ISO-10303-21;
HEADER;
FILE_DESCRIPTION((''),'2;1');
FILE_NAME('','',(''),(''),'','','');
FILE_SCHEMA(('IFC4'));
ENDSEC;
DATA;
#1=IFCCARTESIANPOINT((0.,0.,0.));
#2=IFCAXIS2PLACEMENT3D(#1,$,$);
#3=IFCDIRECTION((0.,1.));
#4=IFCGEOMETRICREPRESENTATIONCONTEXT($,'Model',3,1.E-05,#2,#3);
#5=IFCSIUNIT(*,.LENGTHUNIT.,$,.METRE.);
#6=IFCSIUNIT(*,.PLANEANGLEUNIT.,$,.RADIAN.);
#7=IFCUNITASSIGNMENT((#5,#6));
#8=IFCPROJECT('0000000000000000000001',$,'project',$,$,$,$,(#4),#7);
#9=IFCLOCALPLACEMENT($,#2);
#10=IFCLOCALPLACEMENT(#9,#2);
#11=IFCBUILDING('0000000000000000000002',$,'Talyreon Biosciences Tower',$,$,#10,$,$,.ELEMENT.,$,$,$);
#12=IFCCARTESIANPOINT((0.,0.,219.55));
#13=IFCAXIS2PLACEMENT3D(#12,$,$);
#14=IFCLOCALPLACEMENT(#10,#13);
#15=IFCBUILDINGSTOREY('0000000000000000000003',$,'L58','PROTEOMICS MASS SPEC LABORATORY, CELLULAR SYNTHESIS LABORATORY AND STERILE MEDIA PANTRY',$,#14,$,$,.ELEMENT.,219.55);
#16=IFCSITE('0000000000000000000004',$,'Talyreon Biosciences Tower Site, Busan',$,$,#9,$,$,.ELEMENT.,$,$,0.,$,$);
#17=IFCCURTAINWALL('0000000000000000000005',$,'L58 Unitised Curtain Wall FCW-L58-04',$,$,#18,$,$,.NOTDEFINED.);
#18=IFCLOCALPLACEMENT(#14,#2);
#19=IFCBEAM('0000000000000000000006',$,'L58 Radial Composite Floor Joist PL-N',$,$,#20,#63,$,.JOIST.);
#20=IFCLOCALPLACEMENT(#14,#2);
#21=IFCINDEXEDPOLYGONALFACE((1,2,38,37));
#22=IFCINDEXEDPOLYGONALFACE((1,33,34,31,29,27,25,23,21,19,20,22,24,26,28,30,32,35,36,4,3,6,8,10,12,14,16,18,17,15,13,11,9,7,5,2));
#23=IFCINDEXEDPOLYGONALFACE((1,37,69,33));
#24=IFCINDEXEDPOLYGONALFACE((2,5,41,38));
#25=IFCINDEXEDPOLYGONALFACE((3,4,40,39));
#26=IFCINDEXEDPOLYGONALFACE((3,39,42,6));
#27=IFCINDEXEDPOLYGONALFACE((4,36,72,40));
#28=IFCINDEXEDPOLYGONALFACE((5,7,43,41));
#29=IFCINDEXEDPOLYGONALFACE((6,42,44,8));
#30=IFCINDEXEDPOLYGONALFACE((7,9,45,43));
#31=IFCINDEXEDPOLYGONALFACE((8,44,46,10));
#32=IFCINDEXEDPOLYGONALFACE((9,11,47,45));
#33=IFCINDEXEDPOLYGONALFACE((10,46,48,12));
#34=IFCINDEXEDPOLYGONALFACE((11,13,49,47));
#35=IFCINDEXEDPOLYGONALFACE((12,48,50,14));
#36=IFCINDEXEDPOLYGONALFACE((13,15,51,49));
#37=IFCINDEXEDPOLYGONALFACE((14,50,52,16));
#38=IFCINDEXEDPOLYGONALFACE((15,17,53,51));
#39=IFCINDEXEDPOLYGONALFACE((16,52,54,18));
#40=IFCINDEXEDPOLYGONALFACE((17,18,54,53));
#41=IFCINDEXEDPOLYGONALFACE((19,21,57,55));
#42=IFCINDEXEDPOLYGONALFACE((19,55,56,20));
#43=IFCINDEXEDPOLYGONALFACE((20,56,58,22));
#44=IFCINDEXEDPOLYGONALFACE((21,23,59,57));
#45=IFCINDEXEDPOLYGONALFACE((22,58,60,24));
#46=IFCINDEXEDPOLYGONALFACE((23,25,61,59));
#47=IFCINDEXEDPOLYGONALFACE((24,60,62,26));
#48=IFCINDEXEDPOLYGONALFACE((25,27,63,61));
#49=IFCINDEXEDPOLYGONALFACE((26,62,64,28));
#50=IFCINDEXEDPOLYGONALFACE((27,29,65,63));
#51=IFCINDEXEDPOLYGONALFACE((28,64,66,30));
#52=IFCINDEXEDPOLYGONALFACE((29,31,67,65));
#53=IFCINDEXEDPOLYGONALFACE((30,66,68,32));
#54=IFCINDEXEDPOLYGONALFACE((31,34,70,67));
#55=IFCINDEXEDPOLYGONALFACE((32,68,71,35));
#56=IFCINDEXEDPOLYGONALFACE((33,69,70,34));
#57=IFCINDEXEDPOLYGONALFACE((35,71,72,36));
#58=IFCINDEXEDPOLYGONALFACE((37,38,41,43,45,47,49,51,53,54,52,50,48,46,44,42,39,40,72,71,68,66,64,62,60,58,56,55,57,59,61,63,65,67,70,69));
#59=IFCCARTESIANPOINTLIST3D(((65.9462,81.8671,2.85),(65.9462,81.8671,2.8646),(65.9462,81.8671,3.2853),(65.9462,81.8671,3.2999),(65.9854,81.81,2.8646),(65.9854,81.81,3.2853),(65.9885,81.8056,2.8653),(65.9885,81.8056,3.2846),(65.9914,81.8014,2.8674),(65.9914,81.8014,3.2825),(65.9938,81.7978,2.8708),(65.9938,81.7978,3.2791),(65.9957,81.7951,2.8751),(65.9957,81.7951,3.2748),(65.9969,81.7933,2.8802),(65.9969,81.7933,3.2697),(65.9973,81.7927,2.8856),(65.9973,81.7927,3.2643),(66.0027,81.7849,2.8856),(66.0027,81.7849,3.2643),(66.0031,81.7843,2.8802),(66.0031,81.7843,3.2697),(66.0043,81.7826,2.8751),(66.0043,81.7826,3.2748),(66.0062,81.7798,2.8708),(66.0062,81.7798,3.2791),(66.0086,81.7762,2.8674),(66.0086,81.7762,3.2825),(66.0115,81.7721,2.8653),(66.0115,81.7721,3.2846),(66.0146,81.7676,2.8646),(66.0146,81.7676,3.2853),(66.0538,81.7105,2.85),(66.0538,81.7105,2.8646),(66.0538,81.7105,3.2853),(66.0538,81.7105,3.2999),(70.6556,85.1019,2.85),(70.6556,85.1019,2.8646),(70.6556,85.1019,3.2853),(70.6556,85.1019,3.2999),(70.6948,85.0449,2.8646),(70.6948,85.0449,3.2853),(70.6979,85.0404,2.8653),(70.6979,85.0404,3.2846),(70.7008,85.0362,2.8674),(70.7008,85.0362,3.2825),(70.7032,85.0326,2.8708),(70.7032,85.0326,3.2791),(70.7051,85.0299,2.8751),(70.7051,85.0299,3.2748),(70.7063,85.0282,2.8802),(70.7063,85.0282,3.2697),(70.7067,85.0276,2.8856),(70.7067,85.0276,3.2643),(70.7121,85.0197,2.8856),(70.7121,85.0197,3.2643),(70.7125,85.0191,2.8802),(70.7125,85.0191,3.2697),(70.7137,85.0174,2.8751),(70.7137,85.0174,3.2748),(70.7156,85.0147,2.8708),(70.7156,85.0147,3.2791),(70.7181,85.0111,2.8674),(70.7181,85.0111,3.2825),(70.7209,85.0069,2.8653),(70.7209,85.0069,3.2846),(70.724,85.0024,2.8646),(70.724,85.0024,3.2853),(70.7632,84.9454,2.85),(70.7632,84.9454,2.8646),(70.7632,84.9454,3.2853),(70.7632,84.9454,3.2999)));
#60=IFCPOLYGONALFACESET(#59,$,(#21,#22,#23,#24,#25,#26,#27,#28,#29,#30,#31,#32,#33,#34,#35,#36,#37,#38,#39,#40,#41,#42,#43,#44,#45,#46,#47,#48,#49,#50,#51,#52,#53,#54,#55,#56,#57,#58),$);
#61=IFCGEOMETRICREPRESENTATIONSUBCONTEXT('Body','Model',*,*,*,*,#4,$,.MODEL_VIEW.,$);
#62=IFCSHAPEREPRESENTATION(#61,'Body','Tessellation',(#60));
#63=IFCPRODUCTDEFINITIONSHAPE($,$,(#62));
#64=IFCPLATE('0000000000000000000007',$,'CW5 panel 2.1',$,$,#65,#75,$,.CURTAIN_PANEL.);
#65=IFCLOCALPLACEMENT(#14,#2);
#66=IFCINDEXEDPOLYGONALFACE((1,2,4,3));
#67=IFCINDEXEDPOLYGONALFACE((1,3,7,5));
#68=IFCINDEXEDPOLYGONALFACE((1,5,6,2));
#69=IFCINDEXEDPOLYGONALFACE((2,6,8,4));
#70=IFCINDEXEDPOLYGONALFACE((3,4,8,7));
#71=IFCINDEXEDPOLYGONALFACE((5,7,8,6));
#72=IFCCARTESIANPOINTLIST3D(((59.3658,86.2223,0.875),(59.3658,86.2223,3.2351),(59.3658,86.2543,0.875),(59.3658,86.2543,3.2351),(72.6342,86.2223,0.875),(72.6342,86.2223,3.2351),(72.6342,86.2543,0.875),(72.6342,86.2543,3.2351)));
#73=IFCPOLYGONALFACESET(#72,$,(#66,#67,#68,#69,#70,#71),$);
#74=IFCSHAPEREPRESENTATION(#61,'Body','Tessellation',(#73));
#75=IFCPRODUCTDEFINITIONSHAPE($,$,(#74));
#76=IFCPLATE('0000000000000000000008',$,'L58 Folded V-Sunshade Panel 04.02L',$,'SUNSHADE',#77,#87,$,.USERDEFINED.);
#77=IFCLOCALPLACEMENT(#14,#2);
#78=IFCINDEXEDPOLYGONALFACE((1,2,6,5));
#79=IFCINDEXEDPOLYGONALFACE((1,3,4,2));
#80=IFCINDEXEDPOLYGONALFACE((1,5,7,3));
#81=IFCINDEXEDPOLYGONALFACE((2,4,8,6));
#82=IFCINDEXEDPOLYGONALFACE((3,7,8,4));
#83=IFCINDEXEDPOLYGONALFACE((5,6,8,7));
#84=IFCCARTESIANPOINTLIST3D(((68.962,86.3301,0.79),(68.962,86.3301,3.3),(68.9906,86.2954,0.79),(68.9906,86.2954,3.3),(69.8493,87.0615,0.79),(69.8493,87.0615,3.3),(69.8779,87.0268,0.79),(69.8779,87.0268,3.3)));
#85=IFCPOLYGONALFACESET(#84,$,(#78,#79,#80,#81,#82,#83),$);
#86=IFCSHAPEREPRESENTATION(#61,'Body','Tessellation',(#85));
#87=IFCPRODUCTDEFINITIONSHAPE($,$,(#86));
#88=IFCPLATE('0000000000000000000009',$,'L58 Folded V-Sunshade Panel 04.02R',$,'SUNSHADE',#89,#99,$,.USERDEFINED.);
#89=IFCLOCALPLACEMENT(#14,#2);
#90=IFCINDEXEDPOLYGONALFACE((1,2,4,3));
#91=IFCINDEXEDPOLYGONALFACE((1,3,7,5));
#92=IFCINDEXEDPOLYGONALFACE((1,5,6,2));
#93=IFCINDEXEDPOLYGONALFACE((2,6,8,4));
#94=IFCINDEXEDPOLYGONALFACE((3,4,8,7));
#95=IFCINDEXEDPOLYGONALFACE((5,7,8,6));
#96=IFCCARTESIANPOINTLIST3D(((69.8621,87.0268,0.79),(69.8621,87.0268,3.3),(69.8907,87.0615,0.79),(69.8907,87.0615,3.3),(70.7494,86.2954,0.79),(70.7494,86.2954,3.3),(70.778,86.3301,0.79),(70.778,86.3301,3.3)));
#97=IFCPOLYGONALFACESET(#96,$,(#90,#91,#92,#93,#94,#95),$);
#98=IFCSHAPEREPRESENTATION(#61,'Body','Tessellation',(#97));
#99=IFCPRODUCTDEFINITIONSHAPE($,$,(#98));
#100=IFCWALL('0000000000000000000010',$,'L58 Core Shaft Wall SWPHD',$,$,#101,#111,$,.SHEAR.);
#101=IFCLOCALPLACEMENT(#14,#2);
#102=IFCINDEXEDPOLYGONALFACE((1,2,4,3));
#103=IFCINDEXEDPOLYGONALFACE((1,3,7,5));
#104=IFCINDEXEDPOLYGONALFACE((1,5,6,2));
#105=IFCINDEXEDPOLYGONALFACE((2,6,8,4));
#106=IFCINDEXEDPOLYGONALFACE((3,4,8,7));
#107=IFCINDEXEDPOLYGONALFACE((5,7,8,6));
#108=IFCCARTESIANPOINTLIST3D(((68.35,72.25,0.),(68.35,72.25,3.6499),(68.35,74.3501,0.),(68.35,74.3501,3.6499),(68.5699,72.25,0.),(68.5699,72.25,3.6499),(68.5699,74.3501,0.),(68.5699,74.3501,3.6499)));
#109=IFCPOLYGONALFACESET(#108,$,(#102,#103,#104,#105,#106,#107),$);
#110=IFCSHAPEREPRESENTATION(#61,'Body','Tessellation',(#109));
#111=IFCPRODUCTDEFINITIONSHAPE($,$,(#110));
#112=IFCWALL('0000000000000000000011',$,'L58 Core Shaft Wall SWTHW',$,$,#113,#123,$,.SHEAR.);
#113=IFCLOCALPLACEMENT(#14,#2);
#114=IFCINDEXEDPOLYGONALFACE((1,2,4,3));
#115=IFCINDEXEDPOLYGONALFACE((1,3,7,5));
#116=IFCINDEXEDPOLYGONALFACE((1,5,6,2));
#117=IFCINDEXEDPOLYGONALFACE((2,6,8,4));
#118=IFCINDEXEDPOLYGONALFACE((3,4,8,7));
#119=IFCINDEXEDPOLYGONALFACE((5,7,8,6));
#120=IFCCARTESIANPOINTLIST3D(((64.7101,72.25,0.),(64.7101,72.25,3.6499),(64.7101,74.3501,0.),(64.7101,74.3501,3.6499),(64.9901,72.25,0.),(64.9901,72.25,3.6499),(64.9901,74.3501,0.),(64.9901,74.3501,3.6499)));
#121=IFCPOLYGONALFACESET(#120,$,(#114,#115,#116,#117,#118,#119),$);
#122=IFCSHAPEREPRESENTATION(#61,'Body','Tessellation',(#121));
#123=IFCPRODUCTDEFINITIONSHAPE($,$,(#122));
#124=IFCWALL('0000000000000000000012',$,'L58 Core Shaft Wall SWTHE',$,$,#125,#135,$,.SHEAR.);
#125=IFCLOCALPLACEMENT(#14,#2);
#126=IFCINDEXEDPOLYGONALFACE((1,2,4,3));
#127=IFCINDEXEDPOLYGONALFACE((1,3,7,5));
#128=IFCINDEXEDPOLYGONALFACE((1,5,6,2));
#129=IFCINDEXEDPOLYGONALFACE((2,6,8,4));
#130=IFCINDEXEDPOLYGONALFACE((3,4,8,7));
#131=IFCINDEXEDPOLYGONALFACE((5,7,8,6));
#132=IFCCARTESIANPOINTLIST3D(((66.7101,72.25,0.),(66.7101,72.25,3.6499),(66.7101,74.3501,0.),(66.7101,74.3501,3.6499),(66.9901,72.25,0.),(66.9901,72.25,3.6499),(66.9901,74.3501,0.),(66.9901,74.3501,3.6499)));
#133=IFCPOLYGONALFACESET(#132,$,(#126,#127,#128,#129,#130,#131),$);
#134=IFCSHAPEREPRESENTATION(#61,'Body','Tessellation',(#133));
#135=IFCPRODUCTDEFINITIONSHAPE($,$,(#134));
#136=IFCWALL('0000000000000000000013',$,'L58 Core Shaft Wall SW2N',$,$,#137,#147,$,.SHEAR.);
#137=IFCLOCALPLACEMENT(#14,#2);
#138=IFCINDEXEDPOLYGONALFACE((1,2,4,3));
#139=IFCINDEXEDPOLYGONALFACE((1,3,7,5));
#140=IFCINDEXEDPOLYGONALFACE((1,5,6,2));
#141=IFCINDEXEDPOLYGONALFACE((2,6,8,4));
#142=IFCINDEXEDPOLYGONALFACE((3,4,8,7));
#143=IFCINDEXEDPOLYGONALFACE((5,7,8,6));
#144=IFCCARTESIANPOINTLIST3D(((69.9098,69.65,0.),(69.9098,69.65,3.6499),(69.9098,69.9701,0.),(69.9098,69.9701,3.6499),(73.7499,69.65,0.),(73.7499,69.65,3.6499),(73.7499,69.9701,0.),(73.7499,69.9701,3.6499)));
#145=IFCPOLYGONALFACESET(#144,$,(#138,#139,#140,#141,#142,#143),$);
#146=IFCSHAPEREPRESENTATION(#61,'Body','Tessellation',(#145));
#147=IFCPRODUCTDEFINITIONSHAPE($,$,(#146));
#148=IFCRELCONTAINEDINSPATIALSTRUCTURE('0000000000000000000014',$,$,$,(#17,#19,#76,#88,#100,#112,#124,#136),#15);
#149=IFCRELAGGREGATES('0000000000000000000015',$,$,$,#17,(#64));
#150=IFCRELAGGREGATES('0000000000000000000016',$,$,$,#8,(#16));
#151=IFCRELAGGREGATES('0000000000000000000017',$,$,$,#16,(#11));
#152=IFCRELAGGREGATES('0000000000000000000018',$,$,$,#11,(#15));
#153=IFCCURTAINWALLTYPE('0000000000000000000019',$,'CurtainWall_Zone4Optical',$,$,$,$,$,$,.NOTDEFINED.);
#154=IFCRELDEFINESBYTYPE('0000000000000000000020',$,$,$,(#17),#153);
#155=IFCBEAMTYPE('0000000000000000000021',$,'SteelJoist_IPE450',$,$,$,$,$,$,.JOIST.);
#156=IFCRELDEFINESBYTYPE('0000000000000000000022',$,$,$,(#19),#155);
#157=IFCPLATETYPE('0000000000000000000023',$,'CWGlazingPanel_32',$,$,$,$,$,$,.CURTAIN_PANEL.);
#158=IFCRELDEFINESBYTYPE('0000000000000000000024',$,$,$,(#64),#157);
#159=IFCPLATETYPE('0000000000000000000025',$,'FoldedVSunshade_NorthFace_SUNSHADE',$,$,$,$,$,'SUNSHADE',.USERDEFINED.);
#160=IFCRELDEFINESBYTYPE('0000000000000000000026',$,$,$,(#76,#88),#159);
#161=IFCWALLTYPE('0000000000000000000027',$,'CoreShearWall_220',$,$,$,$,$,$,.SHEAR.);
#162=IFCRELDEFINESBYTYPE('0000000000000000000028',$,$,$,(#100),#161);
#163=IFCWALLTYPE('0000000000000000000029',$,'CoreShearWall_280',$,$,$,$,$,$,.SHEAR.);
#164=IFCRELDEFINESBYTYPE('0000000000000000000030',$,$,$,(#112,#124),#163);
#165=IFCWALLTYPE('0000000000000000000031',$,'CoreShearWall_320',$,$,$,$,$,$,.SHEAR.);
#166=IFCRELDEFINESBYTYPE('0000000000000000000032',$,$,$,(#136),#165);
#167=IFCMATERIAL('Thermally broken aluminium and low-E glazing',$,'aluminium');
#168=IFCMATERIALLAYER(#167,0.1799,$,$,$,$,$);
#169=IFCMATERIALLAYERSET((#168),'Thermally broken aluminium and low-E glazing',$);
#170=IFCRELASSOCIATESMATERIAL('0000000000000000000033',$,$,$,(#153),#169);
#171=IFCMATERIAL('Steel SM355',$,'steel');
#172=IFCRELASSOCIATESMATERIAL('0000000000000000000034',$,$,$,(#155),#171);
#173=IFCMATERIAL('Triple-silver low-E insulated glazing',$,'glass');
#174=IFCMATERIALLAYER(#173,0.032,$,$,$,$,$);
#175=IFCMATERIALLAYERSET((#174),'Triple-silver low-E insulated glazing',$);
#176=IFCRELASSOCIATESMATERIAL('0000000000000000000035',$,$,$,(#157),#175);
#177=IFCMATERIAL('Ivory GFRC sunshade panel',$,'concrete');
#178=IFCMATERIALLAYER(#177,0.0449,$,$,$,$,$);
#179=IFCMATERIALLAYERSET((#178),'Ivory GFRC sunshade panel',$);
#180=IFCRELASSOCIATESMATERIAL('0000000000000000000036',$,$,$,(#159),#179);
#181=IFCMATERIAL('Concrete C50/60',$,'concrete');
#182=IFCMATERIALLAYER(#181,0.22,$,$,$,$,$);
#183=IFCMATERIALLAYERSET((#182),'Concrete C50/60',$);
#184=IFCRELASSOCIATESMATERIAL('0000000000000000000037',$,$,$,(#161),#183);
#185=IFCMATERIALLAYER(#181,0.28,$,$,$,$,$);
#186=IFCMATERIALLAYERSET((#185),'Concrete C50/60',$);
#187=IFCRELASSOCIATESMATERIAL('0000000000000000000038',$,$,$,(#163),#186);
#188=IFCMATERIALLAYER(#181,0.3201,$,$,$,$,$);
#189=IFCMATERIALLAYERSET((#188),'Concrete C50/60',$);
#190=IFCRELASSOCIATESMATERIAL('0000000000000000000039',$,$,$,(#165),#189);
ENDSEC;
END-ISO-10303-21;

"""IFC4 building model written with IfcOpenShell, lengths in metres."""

from ifc_helpers import new_model, si_unit, direction, frame, frame_2d, origin, origin_2d, place, context, subcontext, project, spatial, rectangle, i_section, extrude, material, layer, layer_set, material_profile, profile_set, type_object, element, aggregate, save


model = new_model("IFC4")

# Units and contexts
model_context = context("Model", 3, precision=1e-05, world=origin(), true_north=direction((0.0, 1.0)))
body_context = subcontext(model_context, "Body", "Model", "MODEL_VIEW")
ifc_project = project(units=[si_unit("LENGTHUNIT", "METRE"), si_unit("PLANEANGLEUNIT", "RADIAN")], contexts=[model_context])

# Site, building, storey
site_placement = place(None, origin())
site = spatial("IfcSite", under=ifc_project, at=site_placement, Name="Talyreon Biosciences Tower Site, Busan", CompositionType="ELEMENT", RefElevation=0.0)
building_placement = place(site_placement, origin())
building = spatial("IfcBuilding", under=site, at=building_placement, Name="Talyreon Biosciences Tower", CompositionType="ELEMENT")
storey_placement = place(building_placement, frame((0.0, 0.0, 219.55)))
storey = spatial("IfcBuildingStorey", under=building, at=storey_placement, Name="L58", Description="PROTEOMICS MASS SPEC LABORATORY, CELLULAR SYNTHESIS LABORATORY AND STERILE MEDIA PANTRY", CompositionType="ELEMENT", Elevation=219.55)

# Shared definitions
ifc_material_1 = material(Name="Concrete C50/60", Category="concrete")

# Curtain wall
ifc_material_2 = material(Name="Thermally broken aluminium and low-E glazing", Category="aluminium")
ifc_layer_1 = layer(ifc_material_2, 0.1799)
ifc_layer_set_1 = layer_set([ifc_layer_1], Name="Thermally broken aluminium and low-E glazing")
curtain_wall_type = type_object("IfcCurtainWallType", Name="CurtainWall_Zone4Optical", PredefinedType="NOTDEFINED", material=ifc_layer_set_1)
curtain_wall_placement = place(storey_placement, origin())
curtain_wall = element("IfcCurtainWall", 1, at=curtain_wall_placement, inside=storey, type_object=curtain_wall_type, Name="L58 Unitised Curtain Wall FCW-L58-04", PredefinedType="NOTDEFINED")

# Beam
ifc_material_3 = material(Name="Steel SM355", Category="steel")
ifc_material_profile_1 = material_profile(ifc_material_3, i_section(OverallWidth=0.1899, OverallDepth=0.45, WebThickness=0.0095, FlangeThickness=0.0146, FilletRadius=0.021, at=origin_2d()), Name="IPE450")
ifc_profile_set_1 = profile_set([ifc_material_profile_1], Name="Steel SM355")
beam_type_1 = type_object("IfcBeamType", Name="SteelJoist_IPE450", PredefinedType="JOIST", material=ifc_profile_set_1)
beam_1_placement = place(storey_placement, frame((66.0, 81.7888, 3.075), z_axis=(0.824279, 0.566184, 0.0), x_axis=(-0.566184, 0.824279, 0.0)))
element("IfcBeam", 2, at=beam_1_placement, inside=storey, type_object=beam_type_1, Name="L58 Radial Composite Floor Joist PL-N", PredefinedType="JOIST", context=body_context, shape_type="SweptSolid", body=[
    extrude(i_section(OverallWidth=0.1899, OverallDepth=0.45, WebThickness=0.0095, FlangeThickness=0.0146, FilletRadius=0.021, at=origin_2d()), origin(), (0.0, 0.0, 1.0), 5.7134),
])

# Plate
ifc_material_4 = material(Name="Triple-silver low-E insulated glazing", Category="glass")
ifc_layer_2 = layer(ifc_material_4, 0.032)
ifc_layer_set_2 = layer_set([ifc_layer_2], Name="Triple-silver low-E insulated glazing")
plate_type_1 = type_object("IfcPlateType", Name="CWGlazingPanel_32", PredefinedType="CURTAIN_PANEL", material=ifc_layer_set_2)
plate_placement = place(storey_placement, frame((66.0, 86.2383, 0.875), z_axis=(0.0, 0.0, 1.0), x_axis=(1.0, 0.0, 0.0)))
plate = element("IfcPlate", 3, at=plate_placement, type_object=plate_type_1, Name="CW5 panel 2.1", PredefinedType="CURTAIN_PANEL", context=body_context, shape_type="SweptSolid", body=[
    extrude(rectangle(XDim=13.2683, YDim=0.032, at=origin_2d()), origin(), (0.0, 0.0, 1.0), 2.3601),
])
aggregate(curtain_wall, [plate])

# Plates
ifc_material_5 = material(Name="Ivory GFRC sunshade panel", Category="concrete")
ifc_layer_3 = layer(ifc_material_5, 0.0449)
ifc_layer_set_3 = layer_set([ifc_layer_3], Name="Ivory GFRC sunshade panel")
plate_type_2 = type_object("IfcPlateType", Name="FoldedVSunshade_NorthFace_SUNSHADE", ElementType="SUNSHADE", PredefinedType="USERDEFINED", material=ifc_layer_set_3)
for number, where, z_axis, x_axis, name in (
    (4, (69.4199, 86.6785, 0.79), (0.0, 0.0, 1.0), (0.771625, 0.636078, 0.0), "L58 Folded V-Sunshade Panel 04.02L"),
    (5, (70.3201, 86.6785, 0.79), (0.0, 0.0, 1.0), (0.771625, -0.636078, 0.0), "L58 Folded V-Sunshade Panel 04.02R"),
):
    element("IfcPlate", number, at=place(storey_placement, frame(where, z_axis=z_axis, x_axis=x_axis)), inside=storey, type_object=plate_type_2, Name=name, ObjectType="SUNSHADE", PredefinedType="USERDEFINED", context=body_context, shape_type="SweptSolid", body=[
        extrude(rectangle(XDim=1.1499, YDim=0.0449, at=origin_2d()), origin(), (0.0, 0.0, 1.0), 2.51),
    ])

# Walls
ifc_layer_4 = layer(ifc_material_1, 0.22)
ifc_layer_set_4 = layer_set([ifc_layer_4], Name="Concrete C50/60")
wall_type_1 = type_object("IfcWallType", Name="CoreShearWall_220", PredefinedType="SHEAR", material=ifc_layer_set_4)
wall_1_placement = place(storey_placement, frame((68.46, 72.25, 0.0), z_axis=(0.0, 0.0, 1.0), x_axis=(0.0, 1.0, 0.0)))
element("IfcWall", 6, at=wall_1_placement, inside=storey, type_object=wall_type_1, Name="L58 Core Shaft Wall SWPHD", PredefinedType="SHEAR", context=body_context, shape_type="SweptSolid", body=[
    extrude(rectangle(XDim=2.1001, YDim=0.22, at=frame_2d((1.05, 0.0))), origin(), (0.0, 0.0, 1.0), 3.6499),
])
ifc_layer_5 = layer(ifc_material_1, 0.28)
ifc_layer_set_5 = layer_set([ifc_layer_5], Name="Concrete C50/60")
wall_type_2 = type_object("IfcWallType", Name="CoreShearWall_280", PredefinedType="SHEAR", material=ifc_layer_set_5)
for number, where, z_axis, x_axis, name in (
    (7, (64.8501, 72.25, 0.0), (0.0, 0.0, 1.0), (0.0, 1.0, 0.0), "L58 Core Shaft Wall SWTHW"),
    (8, (66.8501, 72.25, 0.0), (0.0, 0.0, 1.0), (0.0, 1.0, 0.0), "L58 Core Shaft Wall SWTHE"),
):
    element("IfcWall", number, at=place(storey_placement, frame(where, z_axis=z_axis, x_axis=x_axis)), inside=storey, type_object=wall_type_2, Name=name, PredefinedType="SHEAR", context=body_context, shape_type="SweptSolid", body=[
        extrude(rectangle(XDim=2.1001, YDim=0.28, at=frame_2d((1.05, 0.0))), origin(), (0.0, 0.0, 1.0), 3.6499),
    ])
ifc_layer_6 = layer(ifc_material_1, 0.3201)
ifc_layer_set_6 = layer_set([ifc_layer_6], Name="Concrete C50/60")
wall_type_3 = type_object("IfcWallType", Name="CoreShearWall_320", PredefinedType="SHEAR", material=ifc_layer_set_6)
wall_2_placement = place(storey_placement, frame((69.9099, 69.8101, 0.0), z_axis=(0.0, 0.0, 1.0), x_axis=(1.0, 0.0, 0.0)))
element("IfcWall", 9, at=wall_2_placement, inside=storey, type_object=wall_type_3, Name="L58 Core Shaft Wall SW2N", PredefinedType="SHEAR", context=body_context, shape_type="SweptSolid", body=[
    extrude(rectangle(XDim=3.8401, YDim=0.3201, at=frame_2d((1.9199, 0.0))), origin(), (0.0, 0.0, 1.0), 3.6499),
])

save(model, "model.ifc")
